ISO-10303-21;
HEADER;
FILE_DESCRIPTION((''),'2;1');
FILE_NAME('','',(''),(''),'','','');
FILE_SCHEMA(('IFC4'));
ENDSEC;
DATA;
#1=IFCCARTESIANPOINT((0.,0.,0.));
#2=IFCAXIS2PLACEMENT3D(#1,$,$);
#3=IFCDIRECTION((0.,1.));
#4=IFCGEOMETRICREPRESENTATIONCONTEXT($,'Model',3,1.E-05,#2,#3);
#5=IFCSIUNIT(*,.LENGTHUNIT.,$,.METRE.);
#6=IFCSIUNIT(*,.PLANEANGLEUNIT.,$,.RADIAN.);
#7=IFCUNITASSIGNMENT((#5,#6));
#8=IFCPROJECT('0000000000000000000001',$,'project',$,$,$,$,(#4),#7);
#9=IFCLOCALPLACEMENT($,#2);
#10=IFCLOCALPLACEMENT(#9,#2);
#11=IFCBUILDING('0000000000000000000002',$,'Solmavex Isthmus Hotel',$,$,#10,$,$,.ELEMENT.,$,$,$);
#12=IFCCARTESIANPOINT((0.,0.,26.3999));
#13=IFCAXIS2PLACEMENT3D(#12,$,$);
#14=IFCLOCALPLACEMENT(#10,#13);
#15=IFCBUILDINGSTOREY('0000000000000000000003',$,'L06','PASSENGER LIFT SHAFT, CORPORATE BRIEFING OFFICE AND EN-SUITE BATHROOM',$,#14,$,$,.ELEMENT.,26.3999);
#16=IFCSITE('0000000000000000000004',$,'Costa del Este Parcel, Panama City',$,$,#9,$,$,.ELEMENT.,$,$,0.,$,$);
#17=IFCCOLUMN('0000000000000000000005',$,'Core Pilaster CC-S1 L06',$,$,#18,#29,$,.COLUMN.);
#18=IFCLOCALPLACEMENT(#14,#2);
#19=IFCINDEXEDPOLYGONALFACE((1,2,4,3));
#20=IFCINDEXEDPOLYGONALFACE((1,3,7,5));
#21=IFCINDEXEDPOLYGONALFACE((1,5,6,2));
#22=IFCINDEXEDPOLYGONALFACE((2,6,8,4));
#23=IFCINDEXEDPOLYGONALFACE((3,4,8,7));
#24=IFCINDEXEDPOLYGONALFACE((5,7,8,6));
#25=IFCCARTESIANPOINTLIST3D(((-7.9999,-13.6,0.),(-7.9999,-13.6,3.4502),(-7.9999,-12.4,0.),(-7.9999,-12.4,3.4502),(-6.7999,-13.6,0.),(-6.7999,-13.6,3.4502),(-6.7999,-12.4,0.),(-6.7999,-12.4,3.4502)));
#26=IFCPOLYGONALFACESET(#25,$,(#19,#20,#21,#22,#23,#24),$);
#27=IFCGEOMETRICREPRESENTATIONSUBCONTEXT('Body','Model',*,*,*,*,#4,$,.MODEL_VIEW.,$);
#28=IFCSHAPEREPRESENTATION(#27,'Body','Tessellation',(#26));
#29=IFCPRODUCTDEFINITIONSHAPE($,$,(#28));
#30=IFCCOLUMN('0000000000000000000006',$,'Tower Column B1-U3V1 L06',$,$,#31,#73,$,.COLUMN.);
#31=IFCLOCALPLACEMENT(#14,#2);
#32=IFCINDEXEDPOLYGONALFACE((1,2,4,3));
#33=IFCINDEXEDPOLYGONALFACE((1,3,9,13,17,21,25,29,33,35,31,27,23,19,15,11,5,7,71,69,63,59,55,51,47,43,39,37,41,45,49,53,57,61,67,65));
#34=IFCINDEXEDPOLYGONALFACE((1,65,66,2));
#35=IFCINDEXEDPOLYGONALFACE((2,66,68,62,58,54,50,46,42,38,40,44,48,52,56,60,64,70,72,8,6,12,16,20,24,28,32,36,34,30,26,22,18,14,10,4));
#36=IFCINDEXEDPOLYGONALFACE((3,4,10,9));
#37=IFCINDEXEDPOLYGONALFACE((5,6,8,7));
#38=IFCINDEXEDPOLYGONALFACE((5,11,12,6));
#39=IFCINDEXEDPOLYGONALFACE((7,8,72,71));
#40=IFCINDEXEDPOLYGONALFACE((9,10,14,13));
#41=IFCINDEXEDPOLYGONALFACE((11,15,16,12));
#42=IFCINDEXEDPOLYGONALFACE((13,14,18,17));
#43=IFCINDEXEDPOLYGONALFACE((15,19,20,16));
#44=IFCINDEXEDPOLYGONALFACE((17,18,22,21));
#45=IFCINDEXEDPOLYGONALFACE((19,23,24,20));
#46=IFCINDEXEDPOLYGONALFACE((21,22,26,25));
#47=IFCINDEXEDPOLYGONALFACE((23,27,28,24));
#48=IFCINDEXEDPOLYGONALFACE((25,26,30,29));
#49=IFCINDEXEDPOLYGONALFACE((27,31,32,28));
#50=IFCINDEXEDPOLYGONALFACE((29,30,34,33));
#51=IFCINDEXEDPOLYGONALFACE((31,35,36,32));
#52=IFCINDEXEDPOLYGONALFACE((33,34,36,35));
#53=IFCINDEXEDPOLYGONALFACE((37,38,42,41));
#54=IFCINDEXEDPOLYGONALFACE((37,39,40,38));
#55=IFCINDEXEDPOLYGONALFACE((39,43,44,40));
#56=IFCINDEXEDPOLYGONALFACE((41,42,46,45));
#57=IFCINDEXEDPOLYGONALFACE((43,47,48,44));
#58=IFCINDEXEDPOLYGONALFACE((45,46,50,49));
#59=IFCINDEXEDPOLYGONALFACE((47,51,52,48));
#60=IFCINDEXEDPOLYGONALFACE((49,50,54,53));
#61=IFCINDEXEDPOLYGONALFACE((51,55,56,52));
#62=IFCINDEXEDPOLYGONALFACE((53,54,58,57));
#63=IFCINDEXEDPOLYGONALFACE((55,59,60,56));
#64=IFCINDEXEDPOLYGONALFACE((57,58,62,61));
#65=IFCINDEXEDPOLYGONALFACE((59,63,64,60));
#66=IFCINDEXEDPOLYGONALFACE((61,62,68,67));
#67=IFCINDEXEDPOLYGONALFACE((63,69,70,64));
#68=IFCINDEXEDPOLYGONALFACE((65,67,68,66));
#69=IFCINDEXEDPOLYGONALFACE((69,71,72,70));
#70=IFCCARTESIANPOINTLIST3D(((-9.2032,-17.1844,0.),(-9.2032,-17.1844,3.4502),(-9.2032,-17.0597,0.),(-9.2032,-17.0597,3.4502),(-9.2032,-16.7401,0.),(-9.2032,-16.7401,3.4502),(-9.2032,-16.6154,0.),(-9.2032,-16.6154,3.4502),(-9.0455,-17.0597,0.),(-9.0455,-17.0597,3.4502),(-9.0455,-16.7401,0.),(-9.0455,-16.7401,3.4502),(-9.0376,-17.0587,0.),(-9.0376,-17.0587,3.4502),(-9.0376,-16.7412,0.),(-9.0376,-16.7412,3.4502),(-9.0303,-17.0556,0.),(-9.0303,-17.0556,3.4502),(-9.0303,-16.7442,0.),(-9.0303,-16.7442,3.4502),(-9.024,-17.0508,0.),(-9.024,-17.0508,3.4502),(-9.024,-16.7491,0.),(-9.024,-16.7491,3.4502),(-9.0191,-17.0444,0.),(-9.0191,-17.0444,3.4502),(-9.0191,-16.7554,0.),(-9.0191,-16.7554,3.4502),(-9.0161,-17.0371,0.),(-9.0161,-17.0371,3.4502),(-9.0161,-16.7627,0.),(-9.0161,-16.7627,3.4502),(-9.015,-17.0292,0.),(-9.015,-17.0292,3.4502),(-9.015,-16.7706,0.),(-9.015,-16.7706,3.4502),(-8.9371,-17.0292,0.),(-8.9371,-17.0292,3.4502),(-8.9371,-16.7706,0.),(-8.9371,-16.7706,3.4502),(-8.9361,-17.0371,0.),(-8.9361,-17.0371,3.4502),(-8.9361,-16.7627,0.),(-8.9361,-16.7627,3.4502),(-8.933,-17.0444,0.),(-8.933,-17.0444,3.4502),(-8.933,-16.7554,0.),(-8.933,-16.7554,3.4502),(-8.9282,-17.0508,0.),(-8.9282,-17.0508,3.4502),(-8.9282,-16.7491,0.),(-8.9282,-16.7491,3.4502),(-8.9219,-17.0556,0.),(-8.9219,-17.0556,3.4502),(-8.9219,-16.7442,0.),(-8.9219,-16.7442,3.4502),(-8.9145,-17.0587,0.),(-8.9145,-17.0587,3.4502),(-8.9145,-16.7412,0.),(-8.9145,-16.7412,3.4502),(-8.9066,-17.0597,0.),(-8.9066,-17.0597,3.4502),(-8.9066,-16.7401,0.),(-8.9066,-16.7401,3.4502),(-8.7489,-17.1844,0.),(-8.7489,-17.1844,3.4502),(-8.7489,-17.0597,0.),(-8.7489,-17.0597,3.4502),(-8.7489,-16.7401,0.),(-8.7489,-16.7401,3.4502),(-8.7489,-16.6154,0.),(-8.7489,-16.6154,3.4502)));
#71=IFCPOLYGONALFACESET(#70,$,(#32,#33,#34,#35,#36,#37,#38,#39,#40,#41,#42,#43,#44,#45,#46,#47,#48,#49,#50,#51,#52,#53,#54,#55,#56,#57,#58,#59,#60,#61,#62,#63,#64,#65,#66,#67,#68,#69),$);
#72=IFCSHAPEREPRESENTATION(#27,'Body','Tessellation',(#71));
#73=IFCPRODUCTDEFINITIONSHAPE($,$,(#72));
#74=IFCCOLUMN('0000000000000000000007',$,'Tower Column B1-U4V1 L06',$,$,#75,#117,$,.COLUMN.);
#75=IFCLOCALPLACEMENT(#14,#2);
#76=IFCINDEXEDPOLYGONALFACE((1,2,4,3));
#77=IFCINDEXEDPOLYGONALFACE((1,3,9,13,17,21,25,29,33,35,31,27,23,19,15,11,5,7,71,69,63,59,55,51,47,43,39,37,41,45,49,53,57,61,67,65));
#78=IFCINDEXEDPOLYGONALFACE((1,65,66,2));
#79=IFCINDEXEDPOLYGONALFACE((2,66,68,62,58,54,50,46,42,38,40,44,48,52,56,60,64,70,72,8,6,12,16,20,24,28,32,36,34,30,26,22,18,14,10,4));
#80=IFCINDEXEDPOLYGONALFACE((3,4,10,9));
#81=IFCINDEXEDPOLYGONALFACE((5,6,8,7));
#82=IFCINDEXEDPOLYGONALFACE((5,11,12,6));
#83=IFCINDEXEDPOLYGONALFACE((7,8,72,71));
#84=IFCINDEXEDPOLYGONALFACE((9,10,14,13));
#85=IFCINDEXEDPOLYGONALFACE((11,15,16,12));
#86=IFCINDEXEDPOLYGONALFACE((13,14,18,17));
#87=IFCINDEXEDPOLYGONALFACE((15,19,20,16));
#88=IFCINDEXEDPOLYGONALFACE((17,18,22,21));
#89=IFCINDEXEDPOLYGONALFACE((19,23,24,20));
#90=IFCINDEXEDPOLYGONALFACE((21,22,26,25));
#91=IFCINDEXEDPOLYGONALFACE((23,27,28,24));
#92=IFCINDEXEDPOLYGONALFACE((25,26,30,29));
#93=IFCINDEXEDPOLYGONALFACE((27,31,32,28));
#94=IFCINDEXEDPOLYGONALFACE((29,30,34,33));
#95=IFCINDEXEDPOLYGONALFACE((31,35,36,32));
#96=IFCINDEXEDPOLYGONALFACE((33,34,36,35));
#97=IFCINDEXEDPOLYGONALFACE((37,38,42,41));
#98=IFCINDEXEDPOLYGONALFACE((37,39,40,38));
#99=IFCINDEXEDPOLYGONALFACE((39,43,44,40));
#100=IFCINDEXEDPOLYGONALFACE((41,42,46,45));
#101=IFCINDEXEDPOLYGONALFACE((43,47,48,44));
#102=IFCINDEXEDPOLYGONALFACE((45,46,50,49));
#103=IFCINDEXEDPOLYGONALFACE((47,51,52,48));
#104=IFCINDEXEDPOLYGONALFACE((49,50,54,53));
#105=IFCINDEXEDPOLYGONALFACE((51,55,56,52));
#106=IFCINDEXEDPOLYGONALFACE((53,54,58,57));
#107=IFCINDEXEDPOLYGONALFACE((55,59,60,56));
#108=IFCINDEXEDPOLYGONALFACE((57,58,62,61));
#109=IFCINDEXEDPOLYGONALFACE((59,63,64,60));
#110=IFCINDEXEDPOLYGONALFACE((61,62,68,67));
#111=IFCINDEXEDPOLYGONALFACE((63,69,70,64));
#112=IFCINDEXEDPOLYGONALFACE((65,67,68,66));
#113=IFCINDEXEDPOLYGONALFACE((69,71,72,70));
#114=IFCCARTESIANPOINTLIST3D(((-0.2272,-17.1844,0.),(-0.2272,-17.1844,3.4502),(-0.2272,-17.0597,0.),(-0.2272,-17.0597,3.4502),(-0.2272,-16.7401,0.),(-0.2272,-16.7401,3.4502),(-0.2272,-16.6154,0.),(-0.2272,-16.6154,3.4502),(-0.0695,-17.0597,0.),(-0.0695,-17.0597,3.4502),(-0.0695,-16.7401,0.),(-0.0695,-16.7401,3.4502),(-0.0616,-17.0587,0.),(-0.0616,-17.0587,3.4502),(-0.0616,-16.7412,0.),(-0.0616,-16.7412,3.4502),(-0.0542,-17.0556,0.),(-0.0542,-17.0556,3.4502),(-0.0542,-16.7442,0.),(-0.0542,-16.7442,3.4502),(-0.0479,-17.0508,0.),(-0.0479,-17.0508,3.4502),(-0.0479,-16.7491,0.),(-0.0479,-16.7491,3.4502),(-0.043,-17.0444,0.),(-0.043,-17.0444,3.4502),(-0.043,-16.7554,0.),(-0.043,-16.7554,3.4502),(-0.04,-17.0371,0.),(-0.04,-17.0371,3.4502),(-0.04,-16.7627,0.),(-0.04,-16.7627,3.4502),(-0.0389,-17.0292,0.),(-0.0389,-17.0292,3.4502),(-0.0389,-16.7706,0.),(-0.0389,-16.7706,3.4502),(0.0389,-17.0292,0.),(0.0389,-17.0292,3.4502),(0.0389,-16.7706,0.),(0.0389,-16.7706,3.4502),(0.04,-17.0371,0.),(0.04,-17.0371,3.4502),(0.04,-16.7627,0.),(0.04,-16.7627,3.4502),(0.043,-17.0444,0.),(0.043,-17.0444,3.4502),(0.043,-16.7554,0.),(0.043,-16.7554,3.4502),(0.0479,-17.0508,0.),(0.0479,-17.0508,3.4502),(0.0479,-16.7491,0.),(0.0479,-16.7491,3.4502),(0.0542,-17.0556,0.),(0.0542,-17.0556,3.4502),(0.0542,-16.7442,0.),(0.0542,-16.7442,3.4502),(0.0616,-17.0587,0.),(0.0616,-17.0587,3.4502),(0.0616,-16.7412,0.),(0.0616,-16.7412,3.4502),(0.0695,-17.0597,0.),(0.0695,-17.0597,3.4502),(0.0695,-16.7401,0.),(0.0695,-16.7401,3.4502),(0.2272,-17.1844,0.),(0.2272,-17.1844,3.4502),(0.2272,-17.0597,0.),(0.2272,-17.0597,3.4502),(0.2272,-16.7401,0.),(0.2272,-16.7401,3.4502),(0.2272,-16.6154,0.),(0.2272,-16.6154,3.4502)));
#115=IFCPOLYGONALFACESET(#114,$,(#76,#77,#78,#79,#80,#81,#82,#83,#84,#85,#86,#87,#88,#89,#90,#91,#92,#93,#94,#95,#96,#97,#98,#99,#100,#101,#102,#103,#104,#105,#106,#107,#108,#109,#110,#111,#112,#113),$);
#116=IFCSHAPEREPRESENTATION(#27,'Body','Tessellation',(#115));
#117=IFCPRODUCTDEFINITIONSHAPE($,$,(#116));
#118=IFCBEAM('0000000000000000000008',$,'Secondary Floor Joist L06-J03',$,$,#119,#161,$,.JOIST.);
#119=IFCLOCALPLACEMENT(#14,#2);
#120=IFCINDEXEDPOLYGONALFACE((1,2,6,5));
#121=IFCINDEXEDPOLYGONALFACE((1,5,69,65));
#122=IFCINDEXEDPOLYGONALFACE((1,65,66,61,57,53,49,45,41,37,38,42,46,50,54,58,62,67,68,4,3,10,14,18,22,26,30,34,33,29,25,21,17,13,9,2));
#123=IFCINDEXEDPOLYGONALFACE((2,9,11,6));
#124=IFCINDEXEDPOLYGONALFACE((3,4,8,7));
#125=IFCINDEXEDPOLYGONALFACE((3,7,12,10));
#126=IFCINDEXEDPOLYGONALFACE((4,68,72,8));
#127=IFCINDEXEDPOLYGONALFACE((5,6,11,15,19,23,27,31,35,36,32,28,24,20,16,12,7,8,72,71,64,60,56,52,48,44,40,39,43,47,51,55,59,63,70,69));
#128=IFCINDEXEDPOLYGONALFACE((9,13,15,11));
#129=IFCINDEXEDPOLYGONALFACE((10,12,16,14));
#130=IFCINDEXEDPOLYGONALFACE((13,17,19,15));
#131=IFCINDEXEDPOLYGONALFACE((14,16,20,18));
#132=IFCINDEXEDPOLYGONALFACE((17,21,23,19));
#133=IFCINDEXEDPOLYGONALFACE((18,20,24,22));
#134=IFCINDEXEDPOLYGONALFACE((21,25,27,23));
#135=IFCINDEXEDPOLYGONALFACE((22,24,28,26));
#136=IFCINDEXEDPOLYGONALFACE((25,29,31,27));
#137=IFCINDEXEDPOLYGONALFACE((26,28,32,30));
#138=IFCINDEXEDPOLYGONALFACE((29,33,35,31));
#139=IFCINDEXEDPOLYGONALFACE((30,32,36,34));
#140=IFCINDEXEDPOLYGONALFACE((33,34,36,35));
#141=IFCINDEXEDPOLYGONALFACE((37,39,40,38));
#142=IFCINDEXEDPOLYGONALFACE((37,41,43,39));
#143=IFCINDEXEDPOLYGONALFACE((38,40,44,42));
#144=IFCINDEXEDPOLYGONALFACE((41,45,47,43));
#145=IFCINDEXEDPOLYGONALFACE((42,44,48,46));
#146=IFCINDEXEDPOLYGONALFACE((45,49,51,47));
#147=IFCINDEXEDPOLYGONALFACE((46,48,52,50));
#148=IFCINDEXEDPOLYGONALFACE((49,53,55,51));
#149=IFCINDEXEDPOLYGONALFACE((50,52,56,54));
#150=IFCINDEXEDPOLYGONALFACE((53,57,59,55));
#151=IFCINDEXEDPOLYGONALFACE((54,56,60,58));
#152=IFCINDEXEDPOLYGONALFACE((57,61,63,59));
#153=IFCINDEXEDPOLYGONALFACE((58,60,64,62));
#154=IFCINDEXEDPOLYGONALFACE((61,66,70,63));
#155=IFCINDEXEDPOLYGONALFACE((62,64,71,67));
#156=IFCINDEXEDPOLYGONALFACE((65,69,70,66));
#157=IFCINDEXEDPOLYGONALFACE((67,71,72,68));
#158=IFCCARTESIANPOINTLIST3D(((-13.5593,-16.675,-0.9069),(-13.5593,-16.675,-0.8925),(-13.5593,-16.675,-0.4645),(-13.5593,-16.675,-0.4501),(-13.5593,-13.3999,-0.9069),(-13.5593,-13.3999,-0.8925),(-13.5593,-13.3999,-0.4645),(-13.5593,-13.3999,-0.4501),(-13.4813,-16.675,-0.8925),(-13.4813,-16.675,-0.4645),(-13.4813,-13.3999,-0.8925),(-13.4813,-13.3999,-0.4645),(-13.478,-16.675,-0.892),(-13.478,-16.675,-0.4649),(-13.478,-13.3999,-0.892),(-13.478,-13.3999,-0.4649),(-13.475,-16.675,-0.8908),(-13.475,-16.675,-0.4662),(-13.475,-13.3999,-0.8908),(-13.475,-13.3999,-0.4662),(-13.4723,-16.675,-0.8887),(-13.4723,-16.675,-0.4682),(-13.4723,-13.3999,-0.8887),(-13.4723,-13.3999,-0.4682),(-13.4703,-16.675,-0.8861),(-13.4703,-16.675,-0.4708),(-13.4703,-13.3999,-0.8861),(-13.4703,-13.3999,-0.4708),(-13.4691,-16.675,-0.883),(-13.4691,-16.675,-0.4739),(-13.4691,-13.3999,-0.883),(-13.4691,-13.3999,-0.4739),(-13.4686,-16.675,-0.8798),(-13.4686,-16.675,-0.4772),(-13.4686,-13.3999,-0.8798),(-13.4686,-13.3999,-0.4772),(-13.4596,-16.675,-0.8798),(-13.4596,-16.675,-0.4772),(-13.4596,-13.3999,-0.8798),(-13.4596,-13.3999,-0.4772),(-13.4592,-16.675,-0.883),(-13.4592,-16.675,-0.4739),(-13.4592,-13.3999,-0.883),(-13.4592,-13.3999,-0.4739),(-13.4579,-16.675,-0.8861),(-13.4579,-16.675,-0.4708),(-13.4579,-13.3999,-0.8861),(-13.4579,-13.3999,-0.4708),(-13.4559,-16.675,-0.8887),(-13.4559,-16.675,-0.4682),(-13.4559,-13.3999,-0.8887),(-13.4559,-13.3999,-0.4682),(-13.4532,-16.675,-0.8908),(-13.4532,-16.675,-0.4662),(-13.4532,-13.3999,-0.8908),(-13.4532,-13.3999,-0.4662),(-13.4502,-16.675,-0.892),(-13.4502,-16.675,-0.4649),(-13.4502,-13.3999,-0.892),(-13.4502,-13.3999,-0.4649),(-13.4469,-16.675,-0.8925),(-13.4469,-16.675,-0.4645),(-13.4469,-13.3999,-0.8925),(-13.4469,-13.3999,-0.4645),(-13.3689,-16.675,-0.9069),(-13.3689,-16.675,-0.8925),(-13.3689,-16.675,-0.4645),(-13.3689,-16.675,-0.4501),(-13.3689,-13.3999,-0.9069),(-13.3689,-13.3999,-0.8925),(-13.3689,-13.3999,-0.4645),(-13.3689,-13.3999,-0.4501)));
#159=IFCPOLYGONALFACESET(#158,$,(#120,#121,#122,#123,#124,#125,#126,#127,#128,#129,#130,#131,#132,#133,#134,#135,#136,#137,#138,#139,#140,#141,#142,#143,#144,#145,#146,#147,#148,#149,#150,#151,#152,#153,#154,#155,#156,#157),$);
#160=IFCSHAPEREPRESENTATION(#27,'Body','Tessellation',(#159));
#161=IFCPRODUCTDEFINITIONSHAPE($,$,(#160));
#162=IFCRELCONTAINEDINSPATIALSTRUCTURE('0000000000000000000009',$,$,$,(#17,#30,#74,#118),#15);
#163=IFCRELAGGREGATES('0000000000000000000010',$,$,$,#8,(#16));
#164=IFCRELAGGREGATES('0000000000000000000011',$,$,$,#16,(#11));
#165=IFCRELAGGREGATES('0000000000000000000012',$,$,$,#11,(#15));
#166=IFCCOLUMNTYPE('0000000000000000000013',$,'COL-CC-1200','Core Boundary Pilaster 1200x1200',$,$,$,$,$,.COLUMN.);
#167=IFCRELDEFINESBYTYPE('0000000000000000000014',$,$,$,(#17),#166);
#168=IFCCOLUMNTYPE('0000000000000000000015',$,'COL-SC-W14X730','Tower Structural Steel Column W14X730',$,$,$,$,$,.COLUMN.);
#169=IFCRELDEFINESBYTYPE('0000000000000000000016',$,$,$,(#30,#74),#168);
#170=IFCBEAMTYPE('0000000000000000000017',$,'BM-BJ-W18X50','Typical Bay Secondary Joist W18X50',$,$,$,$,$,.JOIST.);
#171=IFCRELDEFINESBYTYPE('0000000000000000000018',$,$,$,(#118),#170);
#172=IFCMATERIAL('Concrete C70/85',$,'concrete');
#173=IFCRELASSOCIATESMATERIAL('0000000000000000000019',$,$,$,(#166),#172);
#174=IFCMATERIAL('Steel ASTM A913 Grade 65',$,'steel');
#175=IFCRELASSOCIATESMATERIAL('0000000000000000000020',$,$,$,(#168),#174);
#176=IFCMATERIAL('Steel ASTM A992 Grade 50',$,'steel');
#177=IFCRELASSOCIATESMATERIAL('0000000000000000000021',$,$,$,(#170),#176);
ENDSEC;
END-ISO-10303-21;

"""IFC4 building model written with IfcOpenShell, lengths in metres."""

from ifc_helpers import new_model, si_unit, direction, frame, origin, origin_2d, place, context, subcontext, project, spatial, rectangle, i_section, extrude, material, material_profile, profile_set, type_object, element, save


model = new_model("IFC4")

# Units and contexts
model_context = context("Model", 3, precision=1e-05, world=origin(), true_north=direction((0.0, 1.0)))
body_context = subcontext(model_context, "Body", "Model", "MODEL_VIEW")
ifc_project = project(units=[si_unit("LENGTHUNIT", "METRE"), si_unit("PLANEANGLEUNIT", "RADIAN")], contexts=[model_context])

# Site, building, storey
site_placement = place(None, origin())
site = spatial("IfcSite", under=ifc_project, at=site_placement, Name="Costa del Este Parcel, Panama City", CompositionType="ELEMENT", RefElevation=0.0)
building_placement = place(site_placement, origin())
building = spatial("IfcBuilding", under=site, at=building_placement, Name="Solmavex Isthmus Hotel", CompositionType="ELEMENT")
storey_placement = place(building_placement, frame((0.0, 0.0, 26.3999)))
storey = spatial("IfcBuildingStorey", under=building, at=storey_placement, Name="L06", Description="PASSENGER LIFT SHAFT, CORPORATE BRIEFING OFFICE AND EN-SUITE BATHROOM", CompositionType="ELEMENT", Elevation=26.3999)

# Columns
ifc_material_1 = material(Name="Concrete C70/85", Category="concrete")
ifc_material_profile_1 = material_profile(ifc_material_1, rectangle(XDim=1.2, YDim=1.2, at=origin_2d()), Name="RC1200X1200")
ifc_profile_set_1 = profile_set([ifc_material_profile_1], Name="Concrete C70/85")
column_type_1 = type_object("IfcColumnType", Name="COL-CC-1200", Description="Core Boundary Pilaster 1200x1200", PredefinedType="COLUMN", material=ifc_profile_set_1)
column_placement = place(storey_placement, frame((-7.3999, -13.0, 0.0), z_axis=(0.0, 0.0, 1.0), x_axis=(1.0, 0.0, 0.0)))
element("IfcColumn", 1, at=column_placement, inside=storey, type_object=column_type_1, Name="Core Pilaster CC-S1 L06", PredefinedType="COLUMN", context=body_context, shape_type="SweptSolid", body=[
    extrude(rectangle(XDim=1.2, YDim=1.2, at=origin_2d()), origin(), (0.0, 0.0, 1.0), 3.4502),
])
ifc_material_2 = material(Name="Steel ASTM A913 Grade 65", Category="steel")
ifc_material_profile_2 = material_profile(ifc_material_2, i_section(OverallWidth=0.4543, OverallDepth=0.5691, WebThickness=0.0779, FlangeThickness=0.1248, FilletRadius=0.0305, at=origin_2d()), Name="W14X730")
ifc_profile_set_2 = profile_set([ifc_material_profile_2], Name="Steel ASTM A913 Grade 65")
column_type_2 = type_object("IfcColumnType", Name="COL-SC-W14X730", Description="Tower Structural Steel Column W14X730", PredefinedType="COLUMN", material=ifc_profile_set_2)
for number, where, z_axis, x_axis, name in (
    (2, (-8.9761, -16.8999, 0.0), (0.0, 0.0, 1.0), (1.0, 0.0, 0.0), "Tower Column B1-U3V1 L06"),
    (3, (0.0, -16.8999, 0.0), (0.0, 0.0, 1.0), (1.0, 0.0, 0.0), "Tower Column B1-U4V1 L06"),
):
    element("IfcColumn", number, at=place(storey_placement, frame(where, z_axis=z_axis, x_axis=x_axis)), inside=storey, type_object=column_type_2, Name=name, PredefinedType="COLUMN", context=body_context, shape_type="SweptSolid", body=[
        extrude(i_section(OverallWidth=0.4543, OverallDepth=0.5691, WebThickness=0.0779, FlangeThickness=0.1248, FilletRadius=0.0305, at=origin_2d()), origin(), (0.0, 0.0, 1.0), 3.4502),
    ])

# Beam
ifc_material_3 = material(Name="Steel ASTM A992 Grade 50", Category="steel")
ifc_material_profile_3 = material_profile(ifc_material_3, i_section(OverallWidth=0.1904, OverallDepth=0.4568, WebThickness=0.009, FlangeThickness=0.0144, FilletRadius=0.0127, at=origin_2d()), Name="W18X50")
ifc_profile_set_3 = profile_set([ifc_material_profile_3], Name="Steel ASTM A992 Grade 50")
beam_type_1 = type_object("IfcBeamType", Name="BM-BJ-W18X50", Description="Typical Bay Secondary Joist W18X50", PredefinedType="JOIST", material=ifc_profile_set_3)
for number, where, z_axis, x_axis, name in (
    (4, (-13.4641, -16.675, -0.6785), (0.0, 1.0, 0.0), (-1.0, 0.0, 0.0), "Secondary Floor Joist L06-J03"),
):
    element("IfcBeam", number, at=place(storey_placement, frame(where, z_axis=z_axis, x_axis=x_axis)), inside=storey, type_object=beam_type_1, Name=name, PredefinedType="JOIST", context=body_context, shape_type="SweptSolid", body=[
        extrude(i_section(OverallWidth=0.1904, OverallDepth=0.4568, WebThickness=0.009, FlangeThickness=0.0144, FilletRadius=0.0127, at=origin_2d()), origin(), (0.0, 0.0, 1.0), 3.2751),
    ])

save(model, "model.ifc")
